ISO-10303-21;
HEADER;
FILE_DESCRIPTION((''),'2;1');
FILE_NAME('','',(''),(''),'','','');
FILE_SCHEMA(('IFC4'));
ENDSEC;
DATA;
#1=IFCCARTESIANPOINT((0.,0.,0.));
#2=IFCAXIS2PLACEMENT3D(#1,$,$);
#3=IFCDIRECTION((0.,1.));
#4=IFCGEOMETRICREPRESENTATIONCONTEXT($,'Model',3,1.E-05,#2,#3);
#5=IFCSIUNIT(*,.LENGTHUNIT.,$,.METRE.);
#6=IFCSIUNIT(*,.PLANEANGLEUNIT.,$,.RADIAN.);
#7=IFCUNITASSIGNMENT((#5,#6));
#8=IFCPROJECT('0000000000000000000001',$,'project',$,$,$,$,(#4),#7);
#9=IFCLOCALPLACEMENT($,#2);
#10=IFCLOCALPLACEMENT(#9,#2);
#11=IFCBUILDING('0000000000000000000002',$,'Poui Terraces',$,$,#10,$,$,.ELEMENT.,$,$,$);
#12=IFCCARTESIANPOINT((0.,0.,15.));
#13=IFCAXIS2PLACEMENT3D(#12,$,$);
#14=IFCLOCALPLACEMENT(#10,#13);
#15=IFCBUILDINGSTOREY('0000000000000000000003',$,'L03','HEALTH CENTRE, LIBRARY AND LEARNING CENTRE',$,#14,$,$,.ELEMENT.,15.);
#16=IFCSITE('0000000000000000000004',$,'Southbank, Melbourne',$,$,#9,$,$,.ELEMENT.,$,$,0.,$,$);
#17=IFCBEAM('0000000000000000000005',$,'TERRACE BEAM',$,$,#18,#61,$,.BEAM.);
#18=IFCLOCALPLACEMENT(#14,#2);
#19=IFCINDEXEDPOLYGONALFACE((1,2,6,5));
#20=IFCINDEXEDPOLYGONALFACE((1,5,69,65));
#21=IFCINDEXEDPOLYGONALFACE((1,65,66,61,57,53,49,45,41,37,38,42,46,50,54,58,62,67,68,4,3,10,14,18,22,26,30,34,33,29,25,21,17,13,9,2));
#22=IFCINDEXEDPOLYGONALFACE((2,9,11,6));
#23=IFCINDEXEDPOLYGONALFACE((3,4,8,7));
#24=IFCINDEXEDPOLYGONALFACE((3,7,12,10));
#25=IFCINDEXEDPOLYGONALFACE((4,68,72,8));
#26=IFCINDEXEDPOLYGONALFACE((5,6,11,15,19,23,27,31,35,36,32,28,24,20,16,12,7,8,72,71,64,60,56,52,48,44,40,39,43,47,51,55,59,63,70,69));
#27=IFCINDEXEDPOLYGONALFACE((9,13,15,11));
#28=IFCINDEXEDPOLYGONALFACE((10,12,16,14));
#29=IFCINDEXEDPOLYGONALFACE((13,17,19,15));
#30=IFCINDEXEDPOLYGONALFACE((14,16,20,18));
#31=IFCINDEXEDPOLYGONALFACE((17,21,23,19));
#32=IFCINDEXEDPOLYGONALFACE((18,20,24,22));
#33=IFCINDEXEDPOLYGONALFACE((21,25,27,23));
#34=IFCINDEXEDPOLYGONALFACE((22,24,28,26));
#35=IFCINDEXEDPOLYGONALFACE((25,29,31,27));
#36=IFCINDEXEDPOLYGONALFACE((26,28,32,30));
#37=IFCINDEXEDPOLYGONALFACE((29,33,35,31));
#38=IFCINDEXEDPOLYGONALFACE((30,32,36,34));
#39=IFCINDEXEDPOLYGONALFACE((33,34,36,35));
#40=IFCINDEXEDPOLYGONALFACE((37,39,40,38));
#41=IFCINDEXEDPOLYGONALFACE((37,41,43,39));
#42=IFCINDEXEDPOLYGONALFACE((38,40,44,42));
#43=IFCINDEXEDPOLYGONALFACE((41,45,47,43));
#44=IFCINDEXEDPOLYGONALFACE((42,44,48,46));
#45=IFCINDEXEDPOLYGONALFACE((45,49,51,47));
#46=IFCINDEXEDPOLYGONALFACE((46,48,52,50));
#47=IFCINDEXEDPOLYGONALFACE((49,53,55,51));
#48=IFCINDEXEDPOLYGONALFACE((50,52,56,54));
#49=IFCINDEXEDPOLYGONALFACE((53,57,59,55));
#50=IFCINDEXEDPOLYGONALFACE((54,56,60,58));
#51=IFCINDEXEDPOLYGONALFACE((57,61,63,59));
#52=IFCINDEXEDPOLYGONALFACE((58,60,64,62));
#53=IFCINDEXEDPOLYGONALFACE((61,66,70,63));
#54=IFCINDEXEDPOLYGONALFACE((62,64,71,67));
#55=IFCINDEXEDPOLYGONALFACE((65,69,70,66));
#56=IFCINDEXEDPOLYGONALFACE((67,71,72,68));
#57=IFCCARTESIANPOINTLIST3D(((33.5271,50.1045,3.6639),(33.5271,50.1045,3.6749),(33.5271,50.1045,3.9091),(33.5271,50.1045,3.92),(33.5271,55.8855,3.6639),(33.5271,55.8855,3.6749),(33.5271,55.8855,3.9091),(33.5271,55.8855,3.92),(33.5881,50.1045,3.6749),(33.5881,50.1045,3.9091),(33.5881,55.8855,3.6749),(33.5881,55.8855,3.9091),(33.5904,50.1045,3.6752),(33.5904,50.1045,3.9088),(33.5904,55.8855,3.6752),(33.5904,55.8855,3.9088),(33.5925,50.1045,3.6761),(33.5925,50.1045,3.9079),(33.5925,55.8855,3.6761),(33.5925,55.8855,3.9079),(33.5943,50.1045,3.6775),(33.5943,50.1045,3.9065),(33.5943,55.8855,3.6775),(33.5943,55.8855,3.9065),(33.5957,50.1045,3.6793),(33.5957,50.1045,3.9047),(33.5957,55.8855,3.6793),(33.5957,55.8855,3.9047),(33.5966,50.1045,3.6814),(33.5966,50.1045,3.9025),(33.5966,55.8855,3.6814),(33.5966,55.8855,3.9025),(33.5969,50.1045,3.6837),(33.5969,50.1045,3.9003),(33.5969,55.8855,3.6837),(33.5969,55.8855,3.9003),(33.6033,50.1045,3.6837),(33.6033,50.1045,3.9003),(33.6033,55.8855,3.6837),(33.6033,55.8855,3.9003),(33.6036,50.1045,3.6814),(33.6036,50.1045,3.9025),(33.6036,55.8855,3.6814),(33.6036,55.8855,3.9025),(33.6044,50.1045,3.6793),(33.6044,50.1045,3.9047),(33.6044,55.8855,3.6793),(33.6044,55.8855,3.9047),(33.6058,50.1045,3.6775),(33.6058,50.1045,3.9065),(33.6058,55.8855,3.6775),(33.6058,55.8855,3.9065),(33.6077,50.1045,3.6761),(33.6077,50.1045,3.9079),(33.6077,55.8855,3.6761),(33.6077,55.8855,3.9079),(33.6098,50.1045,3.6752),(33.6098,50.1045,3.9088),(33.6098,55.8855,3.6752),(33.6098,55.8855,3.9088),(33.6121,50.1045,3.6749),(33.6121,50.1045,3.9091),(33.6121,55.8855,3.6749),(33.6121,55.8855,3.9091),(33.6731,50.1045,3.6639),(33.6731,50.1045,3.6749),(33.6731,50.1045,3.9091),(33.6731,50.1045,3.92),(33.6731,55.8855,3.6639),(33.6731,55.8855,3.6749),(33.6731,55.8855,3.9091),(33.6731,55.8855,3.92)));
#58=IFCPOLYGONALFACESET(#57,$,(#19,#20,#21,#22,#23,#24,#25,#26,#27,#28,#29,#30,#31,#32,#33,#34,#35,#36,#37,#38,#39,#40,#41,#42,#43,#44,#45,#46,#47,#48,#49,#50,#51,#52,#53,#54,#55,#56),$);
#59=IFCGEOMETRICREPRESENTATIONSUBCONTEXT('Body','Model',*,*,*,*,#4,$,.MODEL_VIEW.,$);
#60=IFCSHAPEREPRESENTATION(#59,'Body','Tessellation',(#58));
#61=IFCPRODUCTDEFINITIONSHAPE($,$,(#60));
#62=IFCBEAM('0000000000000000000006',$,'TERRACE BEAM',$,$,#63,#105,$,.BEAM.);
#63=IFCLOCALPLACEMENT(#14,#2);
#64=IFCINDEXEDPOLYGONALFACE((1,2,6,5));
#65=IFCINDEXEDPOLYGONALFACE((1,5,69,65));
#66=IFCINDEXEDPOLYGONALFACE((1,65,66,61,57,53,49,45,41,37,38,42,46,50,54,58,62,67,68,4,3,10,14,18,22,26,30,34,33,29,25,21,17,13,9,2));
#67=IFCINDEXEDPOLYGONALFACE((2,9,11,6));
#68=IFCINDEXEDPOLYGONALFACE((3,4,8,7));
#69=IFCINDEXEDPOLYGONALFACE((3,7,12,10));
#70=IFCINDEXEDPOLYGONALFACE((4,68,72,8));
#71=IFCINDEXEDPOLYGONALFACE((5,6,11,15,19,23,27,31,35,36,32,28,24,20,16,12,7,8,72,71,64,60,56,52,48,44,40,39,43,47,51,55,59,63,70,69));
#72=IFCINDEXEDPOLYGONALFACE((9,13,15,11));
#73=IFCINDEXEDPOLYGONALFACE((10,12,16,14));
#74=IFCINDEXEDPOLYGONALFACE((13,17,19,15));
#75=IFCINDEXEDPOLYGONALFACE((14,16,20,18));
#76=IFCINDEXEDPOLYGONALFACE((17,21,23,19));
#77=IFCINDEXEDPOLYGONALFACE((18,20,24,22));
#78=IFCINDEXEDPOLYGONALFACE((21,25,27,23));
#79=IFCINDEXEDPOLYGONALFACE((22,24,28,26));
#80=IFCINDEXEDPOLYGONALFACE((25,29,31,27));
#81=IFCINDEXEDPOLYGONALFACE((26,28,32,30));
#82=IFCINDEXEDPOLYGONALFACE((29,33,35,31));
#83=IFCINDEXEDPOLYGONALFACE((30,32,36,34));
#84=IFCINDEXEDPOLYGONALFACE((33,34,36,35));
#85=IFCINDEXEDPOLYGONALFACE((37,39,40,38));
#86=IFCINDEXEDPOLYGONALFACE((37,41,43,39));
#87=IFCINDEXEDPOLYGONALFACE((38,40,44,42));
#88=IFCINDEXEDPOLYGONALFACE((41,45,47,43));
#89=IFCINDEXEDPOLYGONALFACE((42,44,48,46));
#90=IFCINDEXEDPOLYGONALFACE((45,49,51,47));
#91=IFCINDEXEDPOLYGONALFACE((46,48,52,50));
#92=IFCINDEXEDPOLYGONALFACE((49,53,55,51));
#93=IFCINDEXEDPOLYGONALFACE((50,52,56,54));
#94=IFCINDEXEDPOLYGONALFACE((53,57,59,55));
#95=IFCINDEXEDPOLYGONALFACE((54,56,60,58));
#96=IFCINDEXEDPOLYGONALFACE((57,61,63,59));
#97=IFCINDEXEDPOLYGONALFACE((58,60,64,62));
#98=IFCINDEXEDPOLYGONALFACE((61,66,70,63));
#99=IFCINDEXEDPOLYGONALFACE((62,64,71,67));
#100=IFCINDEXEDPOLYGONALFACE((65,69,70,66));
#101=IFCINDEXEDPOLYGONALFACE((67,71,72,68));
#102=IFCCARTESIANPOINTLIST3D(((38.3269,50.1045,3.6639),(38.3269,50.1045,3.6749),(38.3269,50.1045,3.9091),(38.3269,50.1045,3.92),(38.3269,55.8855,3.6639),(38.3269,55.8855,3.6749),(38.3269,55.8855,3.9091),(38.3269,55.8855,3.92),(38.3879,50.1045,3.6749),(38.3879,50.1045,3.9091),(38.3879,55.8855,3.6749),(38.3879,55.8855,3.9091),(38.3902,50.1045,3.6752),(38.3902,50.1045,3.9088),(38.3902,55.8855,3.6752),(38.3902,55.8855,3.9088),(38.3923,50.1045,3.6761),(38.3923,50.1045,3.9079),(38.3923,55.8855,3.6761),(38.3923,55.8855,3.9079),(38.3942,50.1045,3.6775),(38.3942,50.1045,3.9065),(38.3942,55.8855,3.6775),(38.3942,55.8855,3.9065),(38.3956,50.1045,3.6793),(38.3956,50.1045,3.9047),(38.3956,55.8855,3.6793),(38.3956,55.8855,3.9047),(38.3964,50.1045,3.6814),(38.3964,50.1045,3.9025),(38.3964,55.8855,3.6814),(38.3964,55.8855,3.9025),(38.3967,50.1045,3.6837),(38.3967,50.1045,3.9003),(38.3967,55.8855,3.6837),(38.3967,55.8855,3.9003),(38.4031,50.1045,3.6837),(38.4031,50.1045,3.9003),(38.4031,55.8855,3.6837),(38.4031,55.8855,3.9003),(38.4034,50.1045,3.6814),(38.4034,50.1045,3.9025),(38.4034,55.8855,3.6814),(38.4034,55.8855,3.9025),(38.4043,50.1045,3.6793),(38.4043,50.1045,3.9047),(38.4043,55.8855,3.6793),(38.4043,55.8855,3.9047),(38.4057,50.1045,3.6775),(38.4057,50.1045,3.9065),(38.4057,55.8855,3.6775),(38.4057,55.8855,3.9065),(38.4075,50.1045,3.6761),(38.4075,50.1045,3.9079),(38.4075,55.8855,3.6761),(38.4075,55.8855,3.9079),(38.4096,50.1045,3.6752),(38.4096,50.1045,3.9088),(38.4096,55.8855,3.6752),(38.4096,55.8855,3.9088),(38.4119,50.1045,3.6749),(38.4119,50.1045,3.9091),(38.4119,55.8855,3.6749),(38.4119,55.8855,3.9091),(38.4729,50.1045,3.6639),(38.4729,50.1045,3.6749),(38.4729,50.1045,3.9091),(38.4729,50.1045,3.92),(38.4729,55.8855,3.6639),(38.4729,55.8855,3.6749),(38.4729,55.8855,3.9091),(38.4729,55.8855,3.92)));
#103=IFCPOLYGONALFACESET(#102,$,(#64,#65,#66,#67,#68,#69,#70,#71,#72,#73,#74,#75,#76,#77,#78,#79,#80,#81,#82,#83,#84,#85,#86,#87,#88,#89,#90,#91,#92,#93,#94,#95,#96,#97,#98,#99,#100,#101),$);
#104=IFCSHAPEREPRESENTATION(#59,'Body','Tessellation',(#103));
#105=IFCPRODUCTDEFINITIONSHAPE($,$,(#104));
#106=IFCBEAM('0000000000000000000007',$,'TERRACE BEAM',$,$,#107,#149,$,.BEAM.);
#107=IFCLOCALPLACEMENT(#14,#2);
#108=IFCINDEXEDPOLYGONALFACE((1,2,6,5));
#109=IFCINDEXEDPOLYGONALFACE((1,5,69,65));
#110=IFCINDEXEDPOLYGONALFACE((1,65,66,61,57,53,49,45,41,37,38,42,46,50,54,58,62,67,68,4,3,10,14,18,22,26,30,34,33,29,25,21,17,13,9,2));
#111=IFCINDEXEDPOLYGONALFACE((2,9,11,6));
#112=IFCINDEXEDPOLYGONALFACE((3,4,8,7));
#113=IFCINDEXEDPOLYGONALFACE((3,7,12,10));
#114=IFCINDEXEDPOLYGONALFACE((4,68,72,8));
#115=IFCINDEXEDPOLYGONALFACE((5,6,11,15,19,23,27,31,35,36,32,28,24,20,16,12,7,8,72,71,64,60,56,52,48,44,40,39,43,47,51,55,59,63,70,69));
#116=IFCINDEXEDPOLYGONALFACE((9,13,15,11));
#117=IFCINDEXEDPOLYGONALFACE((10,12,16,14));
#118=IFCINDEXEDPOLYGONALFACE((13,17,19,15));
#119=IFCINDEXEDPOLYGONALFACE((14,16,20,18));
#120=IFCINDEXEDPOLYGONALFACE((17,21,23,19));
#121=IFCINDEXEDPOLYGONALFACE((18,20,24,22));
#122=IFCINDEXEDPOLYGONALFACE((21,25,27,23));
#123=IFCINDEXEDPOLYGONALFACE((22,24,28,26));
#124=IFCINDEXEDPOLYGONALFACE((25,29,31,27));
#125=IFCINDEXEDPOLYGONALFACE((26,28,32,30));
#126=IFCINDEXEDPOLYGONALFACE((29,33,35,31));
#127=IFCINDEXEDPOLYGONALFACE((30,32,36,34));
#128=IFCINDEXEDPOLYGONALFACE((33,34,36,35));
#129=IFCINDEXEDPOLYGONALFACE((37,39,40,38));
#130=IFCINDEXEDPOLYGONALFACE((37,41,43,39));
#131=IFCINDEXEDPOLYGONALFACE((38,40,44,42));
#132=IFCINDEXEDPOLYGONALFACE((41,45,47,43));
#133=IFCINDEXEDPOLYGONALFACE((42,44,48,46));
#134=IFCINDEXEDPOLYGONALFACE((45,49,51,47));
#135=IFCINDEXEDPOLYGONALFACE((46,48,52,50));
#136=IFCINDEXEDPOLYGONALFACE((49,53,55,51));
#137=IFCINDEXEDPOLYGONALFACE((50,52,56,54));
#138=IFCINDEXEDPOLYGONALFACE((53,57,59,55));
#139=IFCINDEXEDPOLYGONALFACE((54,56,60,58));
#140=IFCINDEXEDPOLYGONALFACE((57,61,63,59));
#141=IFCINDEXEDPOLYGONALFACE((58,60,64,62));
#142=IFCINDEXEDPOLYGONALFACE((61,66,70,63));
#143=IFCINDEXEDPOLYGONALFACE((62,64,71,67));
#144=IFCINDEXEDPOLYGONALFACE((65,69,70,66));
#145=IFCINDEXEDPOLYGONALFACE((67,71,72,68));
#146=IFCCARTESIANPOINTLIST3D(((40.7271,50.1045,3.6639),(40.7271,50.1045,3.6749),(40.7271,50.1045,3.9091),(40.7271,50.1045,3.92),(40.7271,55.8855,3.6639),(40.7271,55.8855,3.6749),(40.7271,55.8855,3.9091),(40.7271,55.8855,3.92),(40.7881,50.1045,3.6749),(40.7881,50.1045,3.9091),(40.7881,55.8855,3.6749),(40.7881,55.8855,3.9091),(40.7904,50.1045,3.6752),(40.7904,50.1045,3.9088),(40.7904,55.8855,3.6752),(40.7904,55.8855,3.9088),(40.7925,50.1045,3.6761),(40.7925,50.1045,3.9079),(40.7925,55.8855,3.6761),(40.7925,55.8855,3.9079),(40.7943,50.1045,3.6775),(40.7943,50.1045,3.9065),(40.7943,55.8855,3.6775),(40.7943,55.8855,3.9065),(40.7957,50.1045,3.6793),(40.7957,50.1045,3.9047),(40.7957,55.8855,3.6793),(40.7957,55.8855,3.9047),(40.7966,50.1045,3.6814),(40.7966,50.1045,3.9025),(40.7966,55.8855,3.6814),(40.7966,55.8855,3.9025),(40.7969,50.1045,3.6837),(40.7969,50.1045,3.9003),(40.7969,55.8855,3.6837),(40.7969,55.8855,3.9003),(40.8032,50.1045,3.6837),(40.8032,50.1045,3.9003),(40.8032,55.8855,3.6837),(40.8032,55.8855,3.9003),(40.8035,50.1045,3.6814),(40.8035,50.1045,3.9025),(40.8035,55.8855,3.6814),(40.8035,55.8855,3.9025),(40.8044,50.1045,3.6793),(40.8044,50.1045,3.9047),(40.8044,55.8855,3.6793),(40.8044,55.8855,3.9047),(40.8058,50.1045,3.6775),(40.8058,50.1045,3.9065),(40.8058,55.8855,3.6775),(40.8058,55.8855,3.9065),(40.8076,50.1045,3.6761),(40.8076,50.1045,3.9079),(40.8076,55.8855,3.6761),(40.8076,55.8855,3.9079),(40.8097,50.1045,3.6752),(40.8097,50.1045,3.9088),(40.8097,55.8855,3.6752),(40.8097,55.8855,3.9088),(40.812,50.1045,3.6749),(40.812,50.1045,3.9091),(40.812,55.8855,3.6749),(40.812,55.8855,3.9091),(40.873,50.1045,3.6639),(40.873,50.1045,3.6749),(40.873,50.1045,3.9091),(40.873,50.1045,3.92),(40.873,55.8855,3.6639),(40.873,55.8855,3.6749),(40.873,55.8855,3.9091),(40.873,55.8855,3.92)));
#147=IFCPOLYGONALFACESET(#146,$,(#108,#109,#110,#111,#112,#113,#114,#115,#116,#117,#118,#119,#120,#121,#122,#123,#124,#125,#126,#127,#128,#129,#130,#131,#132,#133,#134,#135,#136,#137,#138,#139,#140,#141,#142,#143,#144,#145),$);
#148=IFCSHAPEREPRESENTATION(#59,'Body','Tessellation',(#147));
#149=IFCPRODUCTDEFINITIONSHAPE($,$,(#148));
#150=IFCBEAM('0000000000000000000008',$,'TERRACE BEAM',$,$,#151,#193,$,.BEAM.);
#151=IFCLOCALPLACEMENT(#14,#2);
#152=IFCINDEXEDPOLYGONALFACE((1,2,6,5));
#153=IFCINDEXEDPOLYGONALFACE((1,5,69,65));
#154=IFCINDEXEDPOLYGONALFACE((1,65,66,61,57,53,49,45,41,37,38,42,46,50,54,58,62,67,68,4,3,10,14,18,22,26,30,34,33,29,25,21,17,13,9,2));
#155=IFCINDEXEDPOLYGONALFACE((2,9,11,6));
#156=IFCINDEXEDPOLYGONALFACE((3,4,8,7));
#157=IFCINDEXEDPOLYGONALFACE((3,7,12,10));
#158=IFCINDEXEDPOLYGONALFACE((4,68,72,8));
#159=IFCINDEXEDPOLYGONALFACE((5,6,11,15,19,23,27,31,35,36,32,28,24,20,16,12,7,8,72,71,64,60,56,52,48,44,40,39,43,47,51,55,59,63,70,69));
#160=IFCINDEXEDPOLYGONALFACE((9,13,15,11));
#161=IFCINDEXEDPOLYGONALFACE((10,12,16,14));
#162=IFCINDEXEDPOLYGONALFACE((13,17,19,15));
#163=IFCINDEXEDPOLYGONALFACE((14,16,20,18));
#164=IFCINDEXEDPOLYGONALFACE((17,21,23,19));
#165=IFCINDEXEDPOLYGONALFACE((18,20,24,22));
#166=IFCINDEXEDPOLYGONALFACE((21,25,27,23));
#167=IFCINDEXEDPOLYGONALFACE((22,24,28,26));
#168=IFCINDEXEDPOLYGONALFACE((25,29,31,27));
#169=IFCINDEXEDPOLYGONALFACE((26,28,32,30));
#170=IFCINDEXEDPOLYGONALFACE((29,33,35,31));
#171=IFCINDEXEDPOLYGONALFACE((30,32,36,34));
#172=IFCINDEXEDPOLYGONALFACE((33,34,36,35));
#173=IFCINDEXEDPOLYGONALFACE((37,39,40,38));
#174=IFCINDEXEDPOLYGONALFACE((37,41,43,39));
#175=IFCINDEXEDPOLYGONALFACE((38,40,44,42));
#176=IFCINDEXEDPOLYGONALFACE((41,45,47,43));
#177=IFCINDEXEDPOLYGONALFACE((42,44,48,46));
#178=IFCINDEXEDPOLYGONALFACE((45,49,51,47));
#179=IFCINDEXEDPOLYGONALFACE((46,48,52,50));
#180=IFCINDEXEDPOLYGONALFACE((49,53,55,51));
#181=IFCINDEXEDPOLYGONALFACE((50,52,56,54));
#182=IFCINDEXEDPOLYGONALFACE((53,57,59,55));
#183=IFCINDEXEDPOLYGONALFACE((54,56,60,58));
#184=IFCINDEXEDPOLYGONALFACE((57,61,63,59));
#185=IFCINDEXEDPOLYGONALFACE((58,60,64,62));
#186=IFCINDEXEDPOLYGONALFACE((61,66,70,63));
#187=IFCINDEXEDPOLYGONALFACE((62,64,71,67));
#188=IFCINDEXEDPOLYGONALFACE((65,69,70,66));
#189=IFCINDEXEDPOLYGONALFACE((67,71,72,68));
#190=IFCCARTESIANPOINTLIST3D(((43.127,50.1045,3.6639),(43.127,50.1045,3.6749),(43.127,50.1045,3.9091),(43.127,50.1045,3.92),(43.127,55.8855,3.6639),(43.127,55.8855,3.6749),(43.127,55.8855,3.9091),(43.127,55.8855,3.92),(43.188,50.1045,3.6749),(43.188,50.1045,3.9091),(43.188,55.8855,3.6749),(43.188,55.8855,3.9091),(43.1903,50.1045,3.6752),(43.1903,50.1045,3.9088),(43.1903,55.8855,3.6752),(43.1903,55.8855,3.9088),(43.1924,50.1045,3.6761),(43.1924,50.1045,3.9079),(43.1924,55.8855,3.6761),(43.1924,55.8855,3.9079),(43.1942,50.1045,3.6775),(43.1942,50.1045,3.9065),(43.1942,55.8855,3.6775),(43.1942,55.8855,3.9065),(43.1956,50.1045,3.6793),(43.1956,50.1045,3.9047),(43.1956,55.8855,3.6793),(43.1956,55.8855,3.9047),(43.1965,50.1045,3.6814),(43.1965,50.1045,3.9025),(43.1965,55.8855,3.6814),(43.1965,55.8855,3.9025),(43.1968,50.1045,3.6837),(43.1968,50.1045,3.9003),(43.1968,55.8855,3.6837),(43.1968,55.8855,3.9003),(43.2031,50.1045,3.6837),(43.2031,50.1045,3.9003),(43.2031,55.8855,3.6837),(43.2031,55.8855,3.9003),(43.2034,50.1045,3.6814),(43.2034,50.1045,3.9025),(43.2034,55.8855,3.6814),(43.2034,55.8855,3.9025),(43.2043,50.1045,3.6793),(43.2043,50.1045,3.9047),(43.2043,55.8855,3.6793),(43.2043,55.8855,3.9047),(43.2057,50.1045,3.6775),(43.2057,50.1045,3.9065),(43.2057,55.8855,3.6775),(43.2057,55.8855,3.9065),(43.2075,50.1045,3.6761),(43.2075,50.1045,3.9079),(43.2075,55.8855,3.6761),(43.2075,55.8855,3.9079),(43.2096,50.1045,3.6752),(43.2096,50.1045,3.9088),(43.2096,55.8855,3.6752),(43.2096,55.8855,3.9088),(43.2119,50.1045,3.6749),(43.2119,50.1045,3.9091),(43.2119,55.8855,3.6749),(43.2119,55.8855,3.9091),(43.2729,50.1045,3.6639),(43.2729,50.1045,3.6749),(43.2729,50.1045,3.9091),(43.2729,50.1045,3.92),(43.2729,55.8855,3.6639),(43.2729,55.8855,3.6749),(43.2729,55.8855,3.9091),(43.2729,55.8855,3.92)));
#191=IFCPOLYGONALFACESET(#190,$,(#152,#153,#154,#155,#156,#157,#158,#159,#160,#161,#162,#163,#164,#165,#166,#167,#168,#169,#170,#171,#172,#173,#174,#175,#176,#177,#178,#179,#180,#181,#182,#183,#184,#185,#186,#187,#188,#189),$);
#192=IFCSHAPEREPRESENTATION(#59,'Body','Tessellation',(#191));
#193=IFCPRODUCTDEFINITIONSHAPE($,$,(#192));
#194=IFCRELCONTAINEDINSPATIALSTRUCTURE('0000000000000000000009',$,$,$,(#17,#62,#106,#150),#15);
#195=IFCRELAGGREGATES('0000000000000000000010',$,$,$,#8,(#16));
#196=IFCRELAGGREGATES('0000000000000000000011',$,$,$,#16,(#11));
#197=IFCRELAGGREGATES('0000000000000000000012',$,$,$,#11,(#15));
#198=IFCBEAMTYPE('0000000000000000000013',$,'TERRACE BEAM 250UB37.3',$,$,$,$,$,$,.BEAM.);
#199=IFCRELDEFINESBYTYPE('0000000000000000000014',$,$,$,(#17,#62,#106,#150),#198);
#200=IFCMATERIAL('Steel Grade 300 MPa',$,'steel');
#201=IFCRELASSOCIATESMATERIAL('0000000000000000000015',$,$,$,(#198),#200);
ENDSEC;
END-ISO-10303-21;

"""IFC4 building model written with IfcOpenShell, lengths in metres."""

from ifc_helpers import new_model, si_unit, direction, frame, origin, origin_2d, place, context, subcontext, project, spatial, i_section, extrude, source, transform, mapped, material, material_profile, profile_set, type_object, element, save


model = new_model("IFC4")

# Units and contexts
model_context = context("Model", 3, precision=1e-05, world=origin(), true_north=direction((0.0, 1.0)))
body_context = subcontext(model_context, "Body", "Model", "MODEL_VIEW")
ifc_project = project(units=[si_unit("LENGTHUNIT", "METRE"), si_unit("PLANEANGLEUNIT", "RADIAN")], contexts=[model_context])

# Site, building, storey
site_placement = place(None, origin())
site = spatial("IfcSite", under=ifc_project, at=site_placement, Name="Southbank, Melbourne", CompositionType="ELEMENT", RefElevation=0.0)
building_placement = place(site_placement, origin())
building = spatial("IfcBuilding", under=site, at=building_placement, Name="Poui Terraces", CompositionType="ELEMENT")
storey_placement = place(building_placement, frame((0.0, 0.0, 15.0)))
storey = spatial("IfcBuildingStorey", under=building, at=storey_placement, Name="L03", Description="HEALTH CENTRE, LIBRARY AND LEARNING CENTRE", CompositionType="ELEMENT", Elevation=15.0)

# Beams
ifc_material_1 = material(Name="Steel Grade 300 MPa", Category="steel")
ifc_material_profile_1 = material_profile(ifc_material_1, i_section(OverallWidth=0.146, OverallDepth=0.2561, WebThickness=0.0063, FlangeThickness=0.011, FilletRadius=0.0088, at=origin_2d()), Name="250UB37.3")
ifc_profile_set_1 = profile_set([ifc_material_profile_1], Name="Steel Grade 300 MPa")
beam_type_1 = type_object("IfcBeamType", Name="TERRACE BEAM 250UB37.3", PredefinedType="BEAM", material=ifc_profile_set_1)
shared_shape_1 = source(origin(), body_context, "Body", "SweptSolid", [
    extrude(i_section(OverallWidth=0.146, OverallDepth=0.2561, WebThickness=0.0063, FlangeThickness=0.011, FilletRadius=0.0088, at=origin_2d()), origin(), (0.0, 0.0, 1.0), 5.781),
])
for number, where, z_axis, x_axis, name in (
    (1, (33.6001, 50.1045, 3.792), (0.0, 1.0, 0.0), (-1.0, 0.0, 0.0), "TERRACE BEAM"),
    (2, (38.3999, 50.1045, 3.792), (0.0, 1.0, 0.0), (-1.0, 0.0, 0.0), "TERRACE BEAM"),
    (3, (40.8, 50.1045, 3.792), (0.0, 1.0, 0.0), (-1.0, 0.0, 0.0), "TERRACE BEAM"),
    (4, (43.2, 50.1045, 3.792), (0.0, 1.0, 0.0), (-1.0, 0.0, 0.0), "TERRACE BEAM"),
):
    element("IfcBeam", number, at=place(storey_placement, frame(where, z_axis=z_axis, x_axis=x_axis)), inside=storey, type_object=beam_type_1, Name=name, PredefinedType="BEAM", context=body_context, shape_type="MappedRepresentation", body=[
        mapped(shared_shape_1, transform((0.0, 0.0, 0.0))),
    ])

save(model, "model.ifc")
